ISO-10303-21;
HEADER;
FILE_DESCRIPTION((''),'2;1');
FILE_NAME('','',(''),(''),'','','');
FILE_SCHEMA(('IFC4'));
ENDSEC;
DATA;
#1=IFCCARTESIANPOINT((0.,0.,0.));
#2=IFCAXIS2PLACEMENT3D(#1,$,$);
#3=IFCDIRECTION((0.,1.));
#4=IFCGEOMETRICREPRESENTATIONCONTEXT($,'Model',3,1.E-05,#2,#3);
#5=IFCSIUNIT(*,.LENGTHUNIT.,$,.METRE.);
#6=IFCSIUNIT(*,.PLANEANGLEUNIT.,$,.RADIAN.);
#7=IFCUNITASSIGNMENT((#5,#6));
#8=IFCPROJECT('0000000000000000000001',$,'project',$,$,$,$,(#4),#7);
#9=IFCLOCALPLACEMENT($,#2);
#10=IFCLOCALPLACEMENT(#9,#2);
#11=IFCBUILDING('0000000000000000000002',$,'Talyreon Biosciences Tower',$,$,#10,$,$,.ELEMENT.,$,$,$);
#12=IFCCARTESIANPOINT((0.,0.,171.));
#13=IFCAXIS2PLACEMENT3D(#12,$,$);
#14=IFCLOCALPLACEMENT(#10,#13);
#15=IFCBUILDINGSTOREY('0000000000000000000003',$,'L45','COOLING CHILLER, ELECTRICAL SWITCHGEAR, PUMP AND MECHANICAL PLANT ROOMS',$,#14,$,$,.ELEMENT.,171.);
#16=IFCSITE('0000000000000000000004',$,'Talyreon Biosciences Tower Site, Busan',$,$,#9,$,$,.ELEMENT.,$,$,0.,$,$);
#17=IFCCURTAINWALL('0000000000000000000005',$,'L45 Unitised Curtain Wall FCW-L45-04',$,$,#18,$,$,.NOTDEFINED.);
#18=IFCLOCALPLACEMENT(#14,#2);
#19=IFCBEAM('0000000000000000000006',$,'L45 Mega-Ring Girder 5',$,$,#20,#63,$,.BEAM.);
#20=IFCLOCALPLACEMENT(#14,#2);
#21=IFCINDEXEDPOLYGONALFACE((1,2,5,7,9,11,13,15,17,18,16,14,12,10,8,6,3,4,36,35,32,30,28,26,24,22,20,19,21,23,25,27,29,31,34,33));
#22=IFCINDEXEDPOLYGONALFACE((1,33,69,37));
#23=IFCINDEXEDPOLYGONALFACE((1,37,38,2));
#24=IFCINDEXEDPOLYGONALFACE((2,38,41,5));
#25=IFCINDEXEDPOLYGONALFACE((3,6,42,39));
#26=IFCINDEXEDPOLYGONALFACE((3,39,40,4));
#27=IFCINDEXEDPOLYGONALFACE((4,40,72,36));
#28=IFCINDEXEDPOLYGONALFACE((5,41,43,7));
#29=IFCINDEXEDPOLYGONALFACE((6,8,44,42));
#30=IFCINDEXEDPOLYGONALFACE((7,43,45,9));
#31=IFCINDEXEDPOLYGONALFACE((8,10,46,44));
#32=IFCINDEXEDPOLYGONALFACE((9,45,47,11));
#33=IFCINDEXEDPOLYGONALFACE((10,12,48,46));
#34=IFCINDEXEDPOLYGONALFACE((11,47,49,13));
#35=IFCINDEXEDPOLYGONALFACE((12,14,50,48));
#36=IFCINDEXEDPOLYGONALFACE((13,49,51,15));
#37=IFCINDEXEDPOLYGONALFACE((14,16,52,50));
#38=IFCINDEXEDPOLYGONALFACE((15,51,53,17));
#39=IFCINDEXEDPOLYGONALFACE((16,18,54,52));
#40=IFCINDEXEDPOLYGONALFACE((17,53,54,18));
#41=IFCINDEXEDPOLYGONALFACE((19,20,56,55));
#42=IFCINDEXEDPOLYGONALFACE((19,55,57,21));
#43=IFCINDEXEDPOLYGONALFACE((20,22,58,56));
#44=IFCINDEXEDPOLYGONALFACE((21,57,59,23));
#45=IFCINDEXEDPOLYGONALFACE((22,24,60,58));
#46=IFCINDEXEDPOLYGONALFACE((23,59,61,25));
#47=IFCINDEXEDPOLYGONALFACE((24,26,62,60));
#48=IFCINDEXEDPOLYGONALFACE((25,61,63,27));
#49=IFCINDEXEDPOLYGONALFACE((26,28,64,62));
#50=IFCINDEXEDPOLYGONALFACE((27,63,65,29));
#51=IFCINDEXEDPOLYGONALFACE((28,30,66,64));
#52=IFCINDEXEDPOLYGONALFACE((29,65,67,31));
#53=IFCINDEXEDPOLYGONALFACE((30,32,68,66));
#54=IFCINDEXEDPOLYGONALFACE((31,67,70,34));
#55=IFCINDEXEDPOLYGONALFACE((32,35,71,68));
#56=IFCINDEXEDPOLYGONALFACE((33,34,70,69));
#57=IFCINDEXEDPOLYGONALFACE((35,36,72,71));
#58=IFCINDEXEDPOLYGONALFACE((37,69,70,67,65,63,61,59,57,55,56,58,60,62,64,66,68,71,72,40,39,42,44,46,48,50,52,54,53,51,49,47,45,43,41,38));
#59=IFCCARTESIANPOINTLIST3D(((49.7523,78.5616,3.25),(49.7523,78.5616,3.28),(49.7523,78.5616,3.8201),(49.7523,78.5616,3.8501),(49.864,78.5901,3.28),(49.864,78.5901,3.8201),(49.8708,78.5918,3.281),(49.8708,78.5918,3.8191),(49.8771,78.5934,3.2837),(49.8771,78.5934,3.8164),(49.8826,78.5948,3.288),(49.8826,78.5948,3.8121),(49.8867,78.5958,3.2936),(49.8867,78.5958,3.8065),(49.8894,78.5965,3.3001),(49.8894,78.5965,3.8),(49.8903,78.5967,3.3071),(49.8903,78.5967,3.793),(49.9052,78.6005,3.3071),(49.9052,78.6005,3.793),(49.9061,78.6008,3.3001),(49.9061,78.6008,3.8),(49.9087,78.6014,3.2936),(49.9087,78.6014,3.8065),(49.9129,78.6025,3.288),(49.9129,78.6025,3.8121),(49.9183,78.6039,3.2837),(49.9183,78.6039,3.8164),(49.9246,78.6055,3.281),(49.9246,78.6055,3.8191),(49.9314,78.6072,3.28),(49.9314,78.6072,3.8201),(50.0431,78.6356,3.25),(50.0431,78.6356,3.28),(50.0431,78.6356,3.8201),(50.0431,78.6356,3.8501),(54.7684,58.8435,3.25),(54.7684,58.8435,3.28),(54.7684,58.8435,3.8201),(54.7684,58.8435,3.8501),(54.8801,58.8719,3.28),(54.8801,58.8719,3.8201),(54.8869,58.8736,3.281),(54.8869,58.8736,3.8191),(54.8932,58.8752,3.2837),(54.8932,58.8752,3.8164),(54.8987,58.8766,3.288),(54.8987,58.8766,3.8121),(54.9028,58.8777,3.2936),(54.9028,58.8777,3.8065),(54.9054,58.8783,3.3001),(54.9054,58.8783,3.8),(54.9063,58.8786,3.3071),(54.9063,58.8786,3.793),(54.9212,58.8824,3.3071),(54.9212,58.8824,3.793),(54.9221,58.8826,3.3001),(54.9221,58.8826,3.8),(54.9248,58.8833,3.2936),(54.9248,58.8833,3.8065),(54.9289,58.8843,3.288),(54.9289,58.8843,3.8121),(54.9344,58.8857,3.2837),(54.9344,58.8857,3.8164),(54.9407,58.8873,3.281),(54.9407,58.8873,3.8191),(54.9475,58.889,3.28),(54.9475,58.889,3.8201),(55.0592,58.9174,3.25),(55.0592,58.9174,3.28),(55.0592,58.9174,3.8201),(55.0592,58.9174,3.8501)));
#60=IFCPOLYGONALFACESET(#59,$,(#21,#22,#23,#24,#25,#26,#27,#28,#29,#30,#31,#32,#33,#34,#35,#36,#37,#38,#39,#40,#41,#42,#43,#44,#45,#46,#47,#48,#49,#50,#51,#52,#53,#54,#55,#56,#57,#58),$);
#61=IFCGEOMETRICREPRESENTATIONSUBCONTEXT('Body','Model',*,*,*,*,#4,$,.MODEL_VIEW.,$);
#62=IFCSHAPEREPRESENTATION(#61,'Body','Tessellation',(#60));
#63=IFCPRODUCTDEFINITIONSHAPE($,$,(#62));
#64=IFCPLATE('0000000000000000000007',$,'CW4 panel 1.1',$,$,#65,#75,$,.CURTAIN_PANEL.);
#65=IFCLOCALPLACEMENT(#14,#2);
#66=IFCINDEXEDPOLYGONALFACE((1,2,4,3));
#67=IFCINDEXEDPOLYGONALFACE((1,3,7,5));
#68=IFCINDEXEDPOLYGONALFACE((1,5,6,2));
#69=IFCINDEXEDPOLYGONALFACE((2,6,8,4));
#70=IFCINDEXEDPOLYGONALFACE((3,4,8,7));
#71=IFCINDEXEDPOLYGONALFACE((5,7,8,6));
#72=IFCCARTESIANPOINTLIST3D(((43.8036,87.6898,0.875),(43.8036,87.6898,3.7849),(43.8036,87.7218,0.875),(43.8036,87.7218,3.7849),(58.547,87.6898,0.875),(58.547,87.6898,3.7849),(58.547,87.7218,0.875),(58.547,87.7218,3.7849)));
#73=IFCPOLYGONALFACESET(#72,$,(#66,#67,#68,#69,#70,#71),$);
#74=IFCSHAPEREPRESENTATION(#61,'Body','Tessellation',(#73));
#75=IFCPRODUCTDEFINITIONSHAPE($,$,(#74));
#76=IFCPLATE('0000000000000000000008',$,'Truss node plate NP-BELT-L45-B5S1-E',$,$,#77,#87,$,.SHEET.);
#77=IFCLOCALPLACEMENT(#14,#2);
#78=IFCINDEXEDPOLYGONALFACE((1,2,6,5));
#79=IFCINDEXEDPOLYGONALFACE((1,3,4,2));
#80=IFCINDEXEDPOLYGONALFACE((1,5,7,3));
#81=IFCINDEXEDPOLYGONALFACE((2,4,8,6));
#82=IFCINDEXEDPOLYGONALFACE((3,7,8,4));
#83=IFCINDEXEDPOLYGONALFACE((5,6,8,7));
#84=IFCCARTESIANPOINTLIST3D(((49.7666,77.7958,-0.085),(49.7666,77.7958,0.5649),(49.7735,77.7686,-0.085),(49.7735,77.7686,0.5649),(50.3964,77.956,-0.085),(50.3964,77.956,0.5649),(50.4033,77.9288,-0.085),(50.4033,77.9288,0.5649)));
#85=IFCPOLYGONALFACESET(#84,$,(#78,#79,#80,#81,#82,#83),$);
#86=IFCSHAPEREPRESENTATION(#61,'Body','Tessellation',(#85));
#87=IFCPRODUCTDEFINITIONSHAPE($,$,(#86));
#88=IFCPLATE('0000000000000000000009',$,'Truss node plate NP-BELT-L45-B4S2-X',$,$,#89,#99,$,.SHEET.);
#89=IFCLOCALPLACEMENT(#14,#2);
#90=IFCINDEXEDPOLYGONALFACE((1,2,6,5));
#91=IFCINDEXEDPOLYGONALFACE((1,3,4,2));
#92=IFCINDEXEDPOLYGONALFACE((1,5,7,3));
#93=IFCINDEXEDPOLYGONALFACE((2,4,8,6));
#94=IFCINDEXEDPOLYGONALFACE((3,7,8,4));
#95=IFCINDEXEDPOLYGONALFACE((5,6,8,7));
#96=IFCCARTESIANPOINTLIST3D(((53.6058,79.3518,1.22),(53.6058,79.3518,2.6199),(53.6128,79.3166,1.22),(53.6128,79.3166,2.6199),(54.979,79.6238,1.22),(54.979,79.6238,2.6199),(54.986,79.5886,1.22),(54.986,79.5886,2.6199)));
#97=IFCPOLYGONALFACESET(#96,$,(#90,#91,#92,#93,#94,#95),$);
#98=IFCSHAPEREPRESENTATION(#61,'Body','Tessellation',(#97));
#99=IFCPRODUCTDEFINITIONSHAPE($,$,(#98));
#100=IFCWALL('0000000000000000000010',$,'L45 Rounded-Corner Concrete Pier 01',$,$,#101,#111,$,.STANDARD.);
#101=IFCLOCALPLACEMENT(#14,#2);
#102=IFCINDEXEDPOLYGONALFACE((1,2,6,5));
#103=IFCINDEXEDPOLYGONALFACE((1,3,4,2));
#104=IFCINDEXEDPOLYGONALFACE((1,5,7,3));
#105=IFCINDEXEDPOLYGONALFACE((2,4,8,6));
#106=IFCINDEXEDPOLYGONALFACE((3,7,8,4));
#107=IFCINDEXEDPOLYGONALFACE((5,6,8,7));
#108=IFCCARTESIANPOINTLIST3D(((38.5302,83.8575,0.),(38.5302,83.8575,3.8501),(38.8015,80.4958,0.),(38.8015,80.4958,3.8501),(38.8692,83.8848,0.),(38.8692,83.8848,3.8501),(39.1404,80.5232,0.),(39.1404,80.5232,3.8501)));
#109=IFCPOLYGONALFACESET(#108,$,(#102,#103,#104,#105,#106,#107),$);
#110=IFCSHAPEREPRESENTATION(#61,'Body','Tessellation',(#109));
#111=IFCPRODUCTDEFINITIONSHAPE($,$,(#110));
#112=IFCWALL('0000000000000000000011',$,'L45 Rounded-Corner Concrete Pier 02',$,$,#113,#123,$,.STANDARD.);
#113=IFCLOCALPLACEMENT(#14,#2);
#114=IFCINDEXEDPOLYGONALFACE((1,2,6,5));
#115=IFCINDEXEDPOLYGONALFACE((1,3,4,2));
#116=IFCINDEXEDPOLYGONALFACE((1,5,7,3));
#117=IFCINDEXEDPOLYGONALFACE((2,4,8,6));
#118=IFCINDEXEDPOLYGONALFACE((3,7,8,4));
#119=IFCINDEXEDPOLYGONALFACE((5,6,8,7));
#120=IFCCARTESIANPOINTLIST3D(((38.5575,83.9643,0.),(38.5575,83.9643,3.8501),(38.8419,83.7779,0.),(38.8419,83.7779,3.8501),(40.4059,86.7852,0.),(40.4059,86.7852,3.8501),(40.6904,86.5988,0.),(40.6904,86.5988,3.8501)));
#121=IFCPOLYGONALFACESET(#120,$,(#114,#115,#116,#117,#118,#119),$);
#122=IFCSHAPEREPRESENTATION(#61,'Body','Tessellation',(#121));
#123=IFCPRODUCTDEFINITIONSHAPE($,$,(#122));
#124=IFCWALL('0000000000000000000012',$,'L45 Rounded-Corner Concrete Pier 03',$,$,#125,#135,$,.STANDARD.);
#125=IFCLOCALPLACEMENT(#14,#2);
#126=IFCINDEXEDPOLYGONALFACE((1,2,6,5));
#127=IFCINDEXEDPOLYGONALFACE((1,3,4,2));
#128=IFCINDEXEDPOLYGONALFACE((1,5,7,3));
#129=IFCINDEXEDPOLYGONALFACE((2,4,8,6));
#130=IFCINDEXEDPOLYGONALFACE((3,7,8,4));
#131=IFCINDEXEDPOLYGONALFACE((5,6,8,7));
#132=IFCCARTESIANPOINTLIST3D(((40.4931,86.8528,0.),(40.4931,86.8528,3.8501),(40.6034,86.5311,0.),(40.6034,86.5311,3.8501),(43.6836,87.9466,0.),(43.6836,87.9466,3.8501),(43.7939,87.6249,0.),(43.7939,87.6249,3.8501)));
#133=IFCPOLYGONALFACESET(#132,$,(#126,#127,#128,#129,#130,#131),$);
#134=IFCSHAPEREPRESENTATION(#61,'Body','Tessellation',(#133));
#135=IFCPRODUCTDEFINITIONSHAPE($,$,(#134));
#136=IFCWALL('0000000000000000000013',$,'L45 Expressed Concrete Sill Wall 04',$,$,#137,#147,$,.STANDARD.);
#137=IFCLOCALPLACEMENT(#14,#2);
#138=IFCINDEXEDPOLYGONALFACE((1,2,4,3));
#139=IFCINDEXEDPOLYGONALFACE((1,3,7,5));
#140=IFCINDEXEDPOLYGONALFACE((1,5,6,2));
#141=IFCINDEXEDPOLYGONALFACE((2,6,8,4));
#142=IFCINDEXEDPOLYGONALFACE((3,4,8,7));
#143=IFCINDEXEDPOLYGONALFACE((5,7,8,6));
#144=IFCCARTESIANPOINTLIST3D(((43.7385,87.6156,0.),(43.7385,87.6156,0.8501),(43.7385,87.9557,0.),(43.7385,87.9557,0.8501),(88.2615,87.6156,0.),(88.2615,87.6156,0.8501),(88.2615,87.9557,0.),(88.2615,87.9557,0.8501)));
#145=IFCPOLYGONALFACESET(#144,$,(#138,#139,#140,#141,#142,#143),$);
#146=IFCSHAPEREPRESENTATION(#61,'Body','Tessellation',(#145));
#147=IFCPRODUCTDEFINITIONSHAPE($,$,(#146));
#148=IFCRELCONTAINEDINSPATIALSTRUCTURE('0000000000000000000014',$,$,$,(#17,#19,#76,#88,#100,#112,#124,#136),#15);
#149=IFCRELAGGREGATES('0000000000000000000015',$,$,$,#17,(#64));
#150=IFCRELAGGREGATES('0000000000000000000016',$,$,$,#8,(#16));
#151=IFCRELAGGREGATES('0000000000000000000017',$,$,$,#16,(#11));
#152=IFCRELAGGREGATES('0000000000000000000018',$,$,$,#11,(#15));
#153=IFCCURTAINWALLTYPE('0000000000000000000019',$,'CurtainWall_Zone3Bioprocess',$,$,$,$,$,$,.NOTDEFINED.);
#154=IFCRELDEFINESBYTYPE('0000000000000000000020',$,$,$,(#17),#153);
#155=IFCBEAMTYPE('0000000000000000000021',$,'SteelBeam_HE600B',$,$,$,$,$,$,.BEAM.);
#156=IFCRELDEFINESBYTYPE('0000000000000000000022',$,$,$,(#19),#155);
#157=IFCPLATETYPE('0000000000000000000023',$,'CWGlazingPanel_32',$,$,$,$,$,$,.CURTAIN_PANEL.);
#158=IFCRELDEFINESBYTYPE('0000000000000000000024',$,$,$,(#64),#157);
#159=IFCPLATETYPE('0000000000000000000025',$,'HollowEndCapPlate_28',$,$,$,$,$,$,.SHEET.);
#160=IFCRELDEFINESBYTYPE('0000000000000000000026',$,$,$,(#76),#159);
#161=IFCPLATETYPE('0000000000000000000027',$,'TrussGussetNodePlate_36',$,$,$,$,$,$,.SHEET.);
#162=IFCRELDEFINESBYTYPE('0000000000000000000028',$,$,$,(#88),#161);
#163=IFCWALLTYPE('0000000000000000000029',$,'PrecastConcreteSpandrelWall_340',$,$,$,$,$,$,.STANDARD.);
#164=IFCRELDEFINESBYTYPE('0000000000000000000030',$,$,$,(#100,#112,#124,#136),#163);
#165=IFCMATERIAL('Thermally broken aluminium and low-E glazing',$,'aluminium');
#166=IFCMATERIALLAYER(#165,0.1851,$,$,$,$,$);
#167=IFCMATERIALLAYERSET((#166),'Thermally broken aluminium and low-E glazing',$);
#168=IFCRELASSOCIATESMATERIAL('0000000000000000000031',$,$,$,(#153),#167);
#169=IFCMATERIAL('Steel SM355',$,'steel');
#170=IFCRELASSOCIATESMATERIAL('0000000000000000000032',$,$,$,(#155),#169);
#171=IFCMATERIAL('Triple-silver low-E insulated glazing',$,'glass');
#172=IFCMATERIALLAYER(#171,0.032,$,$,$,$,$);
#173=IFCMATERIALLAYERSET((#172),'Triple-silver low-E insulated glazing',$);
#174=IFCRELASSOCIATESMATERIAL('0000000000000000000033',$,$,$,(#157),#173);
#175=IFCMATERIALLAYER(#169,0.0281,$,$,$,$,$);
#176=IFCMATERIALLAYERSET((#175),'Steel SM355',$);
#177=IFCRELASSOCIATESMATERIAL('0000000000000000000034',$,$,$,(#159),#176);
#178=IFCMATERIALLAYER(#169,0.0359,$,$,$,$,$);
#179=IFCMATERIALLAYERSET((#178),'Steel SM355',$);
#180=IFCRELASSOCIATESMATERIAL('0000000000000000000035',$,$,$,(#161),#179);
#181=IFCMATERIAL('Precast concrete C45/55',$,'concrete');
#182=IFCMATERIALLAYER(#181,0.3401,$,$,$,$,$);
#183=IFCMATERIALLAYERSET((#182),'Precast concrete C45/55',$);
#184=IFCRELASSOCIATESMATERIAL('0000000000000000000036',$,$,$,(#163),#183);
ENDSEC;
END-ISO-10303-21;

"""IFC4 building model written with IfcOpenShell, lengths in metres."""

from ifc_helpers import new_model, si_unit, direction, frame, frame_2d, origin, origin_2d, place, context, subcontext, project, spatial, rectangle, i_section, extrude, material, layer, layer_set, material_profile, profile_set, type_object, element, aggregate, save


model = new_model("IFC4")

# Units and contexts
model_context = context("Model", 3, precision=1e-05, world=origin(), true_north=direction((0.0, 1.0)))
body_context = subcontext(model_context, "Body", "Model", "MODEL_VIEW")
ifc_project = project(units=[si_unit("LENGTHUNIT", "METRE"), si_unit("PLANEANGLEUNIT", "RADIAN")], contexts=[model_context])

# Site, building, storey
site_placement = place(None, origin())
site = spatial("IfcSite", under=ifc_project, at=site_placement, Name="Talyreon Biosciences Tower Site, Busan", CompositionType="ELEMENT", RefElevation=0.0)
building_placement = place(site_placement, origin())
building = spatial("IfcBuilding", under=site, at=building_placement, Name="Talyreon Biosciences Tower", CompositionType="ELEMENT")
storey_placement = place(building_placement, frame((0.0, 0.0, 171.0)))
storey = spatial("IfcBuildingStorey", under=building, at=storey_placement, Name="L45", Description="COOLING CHILLER, ELECTRICAL SWITCHGEAR, PUMP AND MECHANICAL PLANT ROOMS", CompositionType="ELEMENT", Elevation=171.0)

# Shared definitions
ifc_material_1 = material(Name="Steel SM355", Category="steel")

# Shared definitions
ifc_material_2 = material(Name="Thermally broken aluminium and low-E glazing", Category="aluminium")
ifc_layer_1 = layer(ifc_material_2, 0.1851)
ifc_layer_set_1 = layer_set([ifc_layer_1], Name="Thermally broken aluminium and low-E glazing")
curtain_wall_type = type_object("IfcCurtainWallType", Name="CurtainWall_Zone3Bioprocess", PredefinedType="NOTDEFINED", material=ifc_layer_set_1)

# Curtain wall
curtain_wall_1_placement = place(storey_placement, origin())
curtain_wall_1 = element("IfcCurtainWall", 1, at=curtain_wall_1_placement, inside=storey, type_object=curtain_wall_type, Name="L45 Unitised Curtain Wall FCW-L45-04", PredefinedType="NOTDEFINED")

# Shared definitions
ifc_material_3 = material(Name="Precast concrete C45/55", Category="concrete")

# Beam
ifc_material_profile_1 = material_profile(ifc_material_1, i_section(OverallWidth=0.3, OverallDepth=0.6001, WebThickness=0.0154, FlangeThickness=0.03, FilletRadius=0.0271, at=origin_2d()), Name="HE600B")
ifc_profile_set_1 = profile_set([ifc_material_profile_1], Name="Steel SM355")
beam_type_1 = type_object("IfcBeamType", Name="SteelBeam_HE600B", PredefinedType="BEAM", material=ifc_profile_set_1)
beam_1_placement = place(storey_placement, frame((49.8977, 78.5986, 3.55), z_axis=(0.246537, -0.969133, 0.0), x_axis=(0.969133, 0.246537, 0.0)))
element("IfcBeam", 2, at=beam_1_placement, inside=storey, type_object=beam_type_1, Name="L45 Mega-Ring Girder 5", PredefinedType="BEAM", context=body_context, shape_type="SweptSolid", body=[
    extrude(i_section(OverallWidth=0.3, OverallDepth=0.6001, WebThickness=0.0154, FlangeThickness=0.03, FilletRadius=0.0271, at=origin_2d()), origin(), (0.0, 0.0, 1.0), 20.3462),
])

# Plate
ifc_material_4 = material(Name="Triple-silver low-E insulated glazing", Category="glass")
ifc_layer_2 = layer(ifc_material_4, 0.032)
ifc_layer_set_2 = layer_set([ifc_layer_2], Name="Triple-silver low-E insulated glazing")
plate_type_1 = type_object("IfcPlateType", Name="CWGlazingPanel_32", PredefinedType="CURTAIN_PANEL", material=ifc_layer_set_2)
plate_1_placement = place(storey_placement, frame((51.1753, 87.7058, 0.875), z_axis=(0.0, 0.0, 1.0), x_axis=(1.0, 0.0, 0.0)))
plate_1 = element("IfcPlate", 3, at=plate_1_placement, type_object=plate_type_1, Name="CW4 panel 1.1", PredefinedType="CURTAIN_PANEL", context=body_context, shape_type="SweptSolid", body=[
    extrude(rectangle(XDim=14.7434, YDim=0.032, at=origin_2d()), origin(), (0.0, 0.0, 1.0), 2.9099),
])
aggregate(curtain_wall_1, [plate_1])

# Plates
ifc_layer_3 = layer(ifc_material_1, 0.0281)
ifc_layer_set_3 = layer_set([ifc_layer_3], Name="Steel SM355")
plate_type_2 = type_object("IfcPlateType", Name="HollowEndCapPlate_28", PredefinedType="SHEET", material=ifc_layer_set_3)
plate_2_placement = place(storey_placement, frame((50.085, 77.8623, -0.085), z_axis=(0.0, 0.0, 1.0), x_axis=(0.969132, 0.246542, 0.0)))
element("IfcPlate", 4, at=plate_2_placement, inside=storey, type_object=plate_type_2, Name="Truss node plate NP-BELT-L45-B5S1-E", PredefinedType="SHEET", context=body_context, shape_type="SweptSolid", body=[
    extrude(rectangle(XDim=0.6499, YDim=0.0281, at=origin_2d()), origin(), (0.0, 0.0, 1.0), 0.6499),
])
ifc_layer_4 = layer(ifc_material_1, 0.0359)
ifc_layer_set_4 = layer_set([ifc_layer_4], Name="Steel SM355")
plate_type_3 = type_object("IfcPlateType", Name="TrussGussetNodePlate_36", PredefinedType="SHEET", material=ifc_layer_set_4)
plate_3_placement = place(storey_placement, frame((54.2959, 79.4702, 1.22), z_axis=(0.0, 0.0, 1.0), x_axis=(-0.980935, -0.194337, 0.0)))
element("IfcPlate", 5, at=plate_3_placement, inside=storey, type_object=plate_type_3, Name="Truss node plate NP-BELT-L45-B4S2-X", PredefinedType="SHEET", context=body_context, shape_type="SweptSolid", body=[
    extrude(rectangle(XDim=1.3999, YDim=0.0359, at=origin_2d()), origin(), (0.0, 0.0, 1.0), 1.3999),
])

# Walls
ifc_layer_5 = layer(ifc_material_3, 0.3401)
ifc_layer_set_5 = layer_set([ifc_layer_5], Name="Precast concrete C45/55")
wall_type = type_object("IfcWallType", Name="PrecastConcreteSpandrelWall_340", PredefinedType="STANDARD", material=ifc_layer_set_5)
for number, where, z_axis, x_axis, name in (
    (6, (38.9709, 80.5095, 0.0), (0.0, 0.0, 1.0), (-0.080427, 0.99676, 0.0), "L45 Rounded-Corner Concrete Pier 01"),
    (7, (38.6997, 83.8711, 0.0), (0.0, 0.0, 1.0), (0.548084, 0.836423, 0.0), "L45 Rounded-Corner Concrete Pier 02"),
):
    element("IfcWall", number, at=place(storey_placement, frame(where, z_axis=z_axis, x_axis=x_axis)), inside=storey, type_object=wall_type, Name=name, PredefinedType="STANDARD", context=body_context, shape_type="SweptSolid", body=[
        extrude(rectangle(XDim=3.3726, YDim=0.3401, at=frame_2d((1.6863, 0.0))), origin(), (0.0, 0.0, 1.0), 3.8501),
    ])
wall_1_placement = place(storey_placement, frame((40.5481, 86.6919, 0.0), z_axis=(0.0, 0.0, 1.0), x_axis=(0.945956, 0.324295, 0.0)))
element("IfcWall", 8, at=wall_1_placement, inside=storey, type_object=wall_type, Name="L45 Rounded-Corner Concrete Pier 03", PredefinedType="STANDARD", context=body_context, shape_type="SweptSolid", body=[
    extrude(rectangle(XDim=3.3728, YDim=0.3401, at=frame_2d((1.6865, 0.0))), origin(), (0.0, 0.0, 1.0), 3.8501),
])
wall_2_placement = place(storey_placement, frame((43.7385, 87.7856, 0.0), z_axis=(0.0, 0.0, 1.0), x_axis=(1.0, 0.0, 0.0)))
element("IfcWall", 9, at=wall_2_placement, inside=storey, type_object=wall_type, Name="L45 Expressed Concrete Sill Wall 04", PredefinedType="STANDARD", context=body_context, shape_type="SweptSolid", body=[
    extrude(rectangle(XDim=44.5229, YDim=0.3401, at=frame_2d((22.2615, 0.0))), origin(), (0.0, 0.0, 1.0), 0.8501),
])

save(model, "model.ifc")
